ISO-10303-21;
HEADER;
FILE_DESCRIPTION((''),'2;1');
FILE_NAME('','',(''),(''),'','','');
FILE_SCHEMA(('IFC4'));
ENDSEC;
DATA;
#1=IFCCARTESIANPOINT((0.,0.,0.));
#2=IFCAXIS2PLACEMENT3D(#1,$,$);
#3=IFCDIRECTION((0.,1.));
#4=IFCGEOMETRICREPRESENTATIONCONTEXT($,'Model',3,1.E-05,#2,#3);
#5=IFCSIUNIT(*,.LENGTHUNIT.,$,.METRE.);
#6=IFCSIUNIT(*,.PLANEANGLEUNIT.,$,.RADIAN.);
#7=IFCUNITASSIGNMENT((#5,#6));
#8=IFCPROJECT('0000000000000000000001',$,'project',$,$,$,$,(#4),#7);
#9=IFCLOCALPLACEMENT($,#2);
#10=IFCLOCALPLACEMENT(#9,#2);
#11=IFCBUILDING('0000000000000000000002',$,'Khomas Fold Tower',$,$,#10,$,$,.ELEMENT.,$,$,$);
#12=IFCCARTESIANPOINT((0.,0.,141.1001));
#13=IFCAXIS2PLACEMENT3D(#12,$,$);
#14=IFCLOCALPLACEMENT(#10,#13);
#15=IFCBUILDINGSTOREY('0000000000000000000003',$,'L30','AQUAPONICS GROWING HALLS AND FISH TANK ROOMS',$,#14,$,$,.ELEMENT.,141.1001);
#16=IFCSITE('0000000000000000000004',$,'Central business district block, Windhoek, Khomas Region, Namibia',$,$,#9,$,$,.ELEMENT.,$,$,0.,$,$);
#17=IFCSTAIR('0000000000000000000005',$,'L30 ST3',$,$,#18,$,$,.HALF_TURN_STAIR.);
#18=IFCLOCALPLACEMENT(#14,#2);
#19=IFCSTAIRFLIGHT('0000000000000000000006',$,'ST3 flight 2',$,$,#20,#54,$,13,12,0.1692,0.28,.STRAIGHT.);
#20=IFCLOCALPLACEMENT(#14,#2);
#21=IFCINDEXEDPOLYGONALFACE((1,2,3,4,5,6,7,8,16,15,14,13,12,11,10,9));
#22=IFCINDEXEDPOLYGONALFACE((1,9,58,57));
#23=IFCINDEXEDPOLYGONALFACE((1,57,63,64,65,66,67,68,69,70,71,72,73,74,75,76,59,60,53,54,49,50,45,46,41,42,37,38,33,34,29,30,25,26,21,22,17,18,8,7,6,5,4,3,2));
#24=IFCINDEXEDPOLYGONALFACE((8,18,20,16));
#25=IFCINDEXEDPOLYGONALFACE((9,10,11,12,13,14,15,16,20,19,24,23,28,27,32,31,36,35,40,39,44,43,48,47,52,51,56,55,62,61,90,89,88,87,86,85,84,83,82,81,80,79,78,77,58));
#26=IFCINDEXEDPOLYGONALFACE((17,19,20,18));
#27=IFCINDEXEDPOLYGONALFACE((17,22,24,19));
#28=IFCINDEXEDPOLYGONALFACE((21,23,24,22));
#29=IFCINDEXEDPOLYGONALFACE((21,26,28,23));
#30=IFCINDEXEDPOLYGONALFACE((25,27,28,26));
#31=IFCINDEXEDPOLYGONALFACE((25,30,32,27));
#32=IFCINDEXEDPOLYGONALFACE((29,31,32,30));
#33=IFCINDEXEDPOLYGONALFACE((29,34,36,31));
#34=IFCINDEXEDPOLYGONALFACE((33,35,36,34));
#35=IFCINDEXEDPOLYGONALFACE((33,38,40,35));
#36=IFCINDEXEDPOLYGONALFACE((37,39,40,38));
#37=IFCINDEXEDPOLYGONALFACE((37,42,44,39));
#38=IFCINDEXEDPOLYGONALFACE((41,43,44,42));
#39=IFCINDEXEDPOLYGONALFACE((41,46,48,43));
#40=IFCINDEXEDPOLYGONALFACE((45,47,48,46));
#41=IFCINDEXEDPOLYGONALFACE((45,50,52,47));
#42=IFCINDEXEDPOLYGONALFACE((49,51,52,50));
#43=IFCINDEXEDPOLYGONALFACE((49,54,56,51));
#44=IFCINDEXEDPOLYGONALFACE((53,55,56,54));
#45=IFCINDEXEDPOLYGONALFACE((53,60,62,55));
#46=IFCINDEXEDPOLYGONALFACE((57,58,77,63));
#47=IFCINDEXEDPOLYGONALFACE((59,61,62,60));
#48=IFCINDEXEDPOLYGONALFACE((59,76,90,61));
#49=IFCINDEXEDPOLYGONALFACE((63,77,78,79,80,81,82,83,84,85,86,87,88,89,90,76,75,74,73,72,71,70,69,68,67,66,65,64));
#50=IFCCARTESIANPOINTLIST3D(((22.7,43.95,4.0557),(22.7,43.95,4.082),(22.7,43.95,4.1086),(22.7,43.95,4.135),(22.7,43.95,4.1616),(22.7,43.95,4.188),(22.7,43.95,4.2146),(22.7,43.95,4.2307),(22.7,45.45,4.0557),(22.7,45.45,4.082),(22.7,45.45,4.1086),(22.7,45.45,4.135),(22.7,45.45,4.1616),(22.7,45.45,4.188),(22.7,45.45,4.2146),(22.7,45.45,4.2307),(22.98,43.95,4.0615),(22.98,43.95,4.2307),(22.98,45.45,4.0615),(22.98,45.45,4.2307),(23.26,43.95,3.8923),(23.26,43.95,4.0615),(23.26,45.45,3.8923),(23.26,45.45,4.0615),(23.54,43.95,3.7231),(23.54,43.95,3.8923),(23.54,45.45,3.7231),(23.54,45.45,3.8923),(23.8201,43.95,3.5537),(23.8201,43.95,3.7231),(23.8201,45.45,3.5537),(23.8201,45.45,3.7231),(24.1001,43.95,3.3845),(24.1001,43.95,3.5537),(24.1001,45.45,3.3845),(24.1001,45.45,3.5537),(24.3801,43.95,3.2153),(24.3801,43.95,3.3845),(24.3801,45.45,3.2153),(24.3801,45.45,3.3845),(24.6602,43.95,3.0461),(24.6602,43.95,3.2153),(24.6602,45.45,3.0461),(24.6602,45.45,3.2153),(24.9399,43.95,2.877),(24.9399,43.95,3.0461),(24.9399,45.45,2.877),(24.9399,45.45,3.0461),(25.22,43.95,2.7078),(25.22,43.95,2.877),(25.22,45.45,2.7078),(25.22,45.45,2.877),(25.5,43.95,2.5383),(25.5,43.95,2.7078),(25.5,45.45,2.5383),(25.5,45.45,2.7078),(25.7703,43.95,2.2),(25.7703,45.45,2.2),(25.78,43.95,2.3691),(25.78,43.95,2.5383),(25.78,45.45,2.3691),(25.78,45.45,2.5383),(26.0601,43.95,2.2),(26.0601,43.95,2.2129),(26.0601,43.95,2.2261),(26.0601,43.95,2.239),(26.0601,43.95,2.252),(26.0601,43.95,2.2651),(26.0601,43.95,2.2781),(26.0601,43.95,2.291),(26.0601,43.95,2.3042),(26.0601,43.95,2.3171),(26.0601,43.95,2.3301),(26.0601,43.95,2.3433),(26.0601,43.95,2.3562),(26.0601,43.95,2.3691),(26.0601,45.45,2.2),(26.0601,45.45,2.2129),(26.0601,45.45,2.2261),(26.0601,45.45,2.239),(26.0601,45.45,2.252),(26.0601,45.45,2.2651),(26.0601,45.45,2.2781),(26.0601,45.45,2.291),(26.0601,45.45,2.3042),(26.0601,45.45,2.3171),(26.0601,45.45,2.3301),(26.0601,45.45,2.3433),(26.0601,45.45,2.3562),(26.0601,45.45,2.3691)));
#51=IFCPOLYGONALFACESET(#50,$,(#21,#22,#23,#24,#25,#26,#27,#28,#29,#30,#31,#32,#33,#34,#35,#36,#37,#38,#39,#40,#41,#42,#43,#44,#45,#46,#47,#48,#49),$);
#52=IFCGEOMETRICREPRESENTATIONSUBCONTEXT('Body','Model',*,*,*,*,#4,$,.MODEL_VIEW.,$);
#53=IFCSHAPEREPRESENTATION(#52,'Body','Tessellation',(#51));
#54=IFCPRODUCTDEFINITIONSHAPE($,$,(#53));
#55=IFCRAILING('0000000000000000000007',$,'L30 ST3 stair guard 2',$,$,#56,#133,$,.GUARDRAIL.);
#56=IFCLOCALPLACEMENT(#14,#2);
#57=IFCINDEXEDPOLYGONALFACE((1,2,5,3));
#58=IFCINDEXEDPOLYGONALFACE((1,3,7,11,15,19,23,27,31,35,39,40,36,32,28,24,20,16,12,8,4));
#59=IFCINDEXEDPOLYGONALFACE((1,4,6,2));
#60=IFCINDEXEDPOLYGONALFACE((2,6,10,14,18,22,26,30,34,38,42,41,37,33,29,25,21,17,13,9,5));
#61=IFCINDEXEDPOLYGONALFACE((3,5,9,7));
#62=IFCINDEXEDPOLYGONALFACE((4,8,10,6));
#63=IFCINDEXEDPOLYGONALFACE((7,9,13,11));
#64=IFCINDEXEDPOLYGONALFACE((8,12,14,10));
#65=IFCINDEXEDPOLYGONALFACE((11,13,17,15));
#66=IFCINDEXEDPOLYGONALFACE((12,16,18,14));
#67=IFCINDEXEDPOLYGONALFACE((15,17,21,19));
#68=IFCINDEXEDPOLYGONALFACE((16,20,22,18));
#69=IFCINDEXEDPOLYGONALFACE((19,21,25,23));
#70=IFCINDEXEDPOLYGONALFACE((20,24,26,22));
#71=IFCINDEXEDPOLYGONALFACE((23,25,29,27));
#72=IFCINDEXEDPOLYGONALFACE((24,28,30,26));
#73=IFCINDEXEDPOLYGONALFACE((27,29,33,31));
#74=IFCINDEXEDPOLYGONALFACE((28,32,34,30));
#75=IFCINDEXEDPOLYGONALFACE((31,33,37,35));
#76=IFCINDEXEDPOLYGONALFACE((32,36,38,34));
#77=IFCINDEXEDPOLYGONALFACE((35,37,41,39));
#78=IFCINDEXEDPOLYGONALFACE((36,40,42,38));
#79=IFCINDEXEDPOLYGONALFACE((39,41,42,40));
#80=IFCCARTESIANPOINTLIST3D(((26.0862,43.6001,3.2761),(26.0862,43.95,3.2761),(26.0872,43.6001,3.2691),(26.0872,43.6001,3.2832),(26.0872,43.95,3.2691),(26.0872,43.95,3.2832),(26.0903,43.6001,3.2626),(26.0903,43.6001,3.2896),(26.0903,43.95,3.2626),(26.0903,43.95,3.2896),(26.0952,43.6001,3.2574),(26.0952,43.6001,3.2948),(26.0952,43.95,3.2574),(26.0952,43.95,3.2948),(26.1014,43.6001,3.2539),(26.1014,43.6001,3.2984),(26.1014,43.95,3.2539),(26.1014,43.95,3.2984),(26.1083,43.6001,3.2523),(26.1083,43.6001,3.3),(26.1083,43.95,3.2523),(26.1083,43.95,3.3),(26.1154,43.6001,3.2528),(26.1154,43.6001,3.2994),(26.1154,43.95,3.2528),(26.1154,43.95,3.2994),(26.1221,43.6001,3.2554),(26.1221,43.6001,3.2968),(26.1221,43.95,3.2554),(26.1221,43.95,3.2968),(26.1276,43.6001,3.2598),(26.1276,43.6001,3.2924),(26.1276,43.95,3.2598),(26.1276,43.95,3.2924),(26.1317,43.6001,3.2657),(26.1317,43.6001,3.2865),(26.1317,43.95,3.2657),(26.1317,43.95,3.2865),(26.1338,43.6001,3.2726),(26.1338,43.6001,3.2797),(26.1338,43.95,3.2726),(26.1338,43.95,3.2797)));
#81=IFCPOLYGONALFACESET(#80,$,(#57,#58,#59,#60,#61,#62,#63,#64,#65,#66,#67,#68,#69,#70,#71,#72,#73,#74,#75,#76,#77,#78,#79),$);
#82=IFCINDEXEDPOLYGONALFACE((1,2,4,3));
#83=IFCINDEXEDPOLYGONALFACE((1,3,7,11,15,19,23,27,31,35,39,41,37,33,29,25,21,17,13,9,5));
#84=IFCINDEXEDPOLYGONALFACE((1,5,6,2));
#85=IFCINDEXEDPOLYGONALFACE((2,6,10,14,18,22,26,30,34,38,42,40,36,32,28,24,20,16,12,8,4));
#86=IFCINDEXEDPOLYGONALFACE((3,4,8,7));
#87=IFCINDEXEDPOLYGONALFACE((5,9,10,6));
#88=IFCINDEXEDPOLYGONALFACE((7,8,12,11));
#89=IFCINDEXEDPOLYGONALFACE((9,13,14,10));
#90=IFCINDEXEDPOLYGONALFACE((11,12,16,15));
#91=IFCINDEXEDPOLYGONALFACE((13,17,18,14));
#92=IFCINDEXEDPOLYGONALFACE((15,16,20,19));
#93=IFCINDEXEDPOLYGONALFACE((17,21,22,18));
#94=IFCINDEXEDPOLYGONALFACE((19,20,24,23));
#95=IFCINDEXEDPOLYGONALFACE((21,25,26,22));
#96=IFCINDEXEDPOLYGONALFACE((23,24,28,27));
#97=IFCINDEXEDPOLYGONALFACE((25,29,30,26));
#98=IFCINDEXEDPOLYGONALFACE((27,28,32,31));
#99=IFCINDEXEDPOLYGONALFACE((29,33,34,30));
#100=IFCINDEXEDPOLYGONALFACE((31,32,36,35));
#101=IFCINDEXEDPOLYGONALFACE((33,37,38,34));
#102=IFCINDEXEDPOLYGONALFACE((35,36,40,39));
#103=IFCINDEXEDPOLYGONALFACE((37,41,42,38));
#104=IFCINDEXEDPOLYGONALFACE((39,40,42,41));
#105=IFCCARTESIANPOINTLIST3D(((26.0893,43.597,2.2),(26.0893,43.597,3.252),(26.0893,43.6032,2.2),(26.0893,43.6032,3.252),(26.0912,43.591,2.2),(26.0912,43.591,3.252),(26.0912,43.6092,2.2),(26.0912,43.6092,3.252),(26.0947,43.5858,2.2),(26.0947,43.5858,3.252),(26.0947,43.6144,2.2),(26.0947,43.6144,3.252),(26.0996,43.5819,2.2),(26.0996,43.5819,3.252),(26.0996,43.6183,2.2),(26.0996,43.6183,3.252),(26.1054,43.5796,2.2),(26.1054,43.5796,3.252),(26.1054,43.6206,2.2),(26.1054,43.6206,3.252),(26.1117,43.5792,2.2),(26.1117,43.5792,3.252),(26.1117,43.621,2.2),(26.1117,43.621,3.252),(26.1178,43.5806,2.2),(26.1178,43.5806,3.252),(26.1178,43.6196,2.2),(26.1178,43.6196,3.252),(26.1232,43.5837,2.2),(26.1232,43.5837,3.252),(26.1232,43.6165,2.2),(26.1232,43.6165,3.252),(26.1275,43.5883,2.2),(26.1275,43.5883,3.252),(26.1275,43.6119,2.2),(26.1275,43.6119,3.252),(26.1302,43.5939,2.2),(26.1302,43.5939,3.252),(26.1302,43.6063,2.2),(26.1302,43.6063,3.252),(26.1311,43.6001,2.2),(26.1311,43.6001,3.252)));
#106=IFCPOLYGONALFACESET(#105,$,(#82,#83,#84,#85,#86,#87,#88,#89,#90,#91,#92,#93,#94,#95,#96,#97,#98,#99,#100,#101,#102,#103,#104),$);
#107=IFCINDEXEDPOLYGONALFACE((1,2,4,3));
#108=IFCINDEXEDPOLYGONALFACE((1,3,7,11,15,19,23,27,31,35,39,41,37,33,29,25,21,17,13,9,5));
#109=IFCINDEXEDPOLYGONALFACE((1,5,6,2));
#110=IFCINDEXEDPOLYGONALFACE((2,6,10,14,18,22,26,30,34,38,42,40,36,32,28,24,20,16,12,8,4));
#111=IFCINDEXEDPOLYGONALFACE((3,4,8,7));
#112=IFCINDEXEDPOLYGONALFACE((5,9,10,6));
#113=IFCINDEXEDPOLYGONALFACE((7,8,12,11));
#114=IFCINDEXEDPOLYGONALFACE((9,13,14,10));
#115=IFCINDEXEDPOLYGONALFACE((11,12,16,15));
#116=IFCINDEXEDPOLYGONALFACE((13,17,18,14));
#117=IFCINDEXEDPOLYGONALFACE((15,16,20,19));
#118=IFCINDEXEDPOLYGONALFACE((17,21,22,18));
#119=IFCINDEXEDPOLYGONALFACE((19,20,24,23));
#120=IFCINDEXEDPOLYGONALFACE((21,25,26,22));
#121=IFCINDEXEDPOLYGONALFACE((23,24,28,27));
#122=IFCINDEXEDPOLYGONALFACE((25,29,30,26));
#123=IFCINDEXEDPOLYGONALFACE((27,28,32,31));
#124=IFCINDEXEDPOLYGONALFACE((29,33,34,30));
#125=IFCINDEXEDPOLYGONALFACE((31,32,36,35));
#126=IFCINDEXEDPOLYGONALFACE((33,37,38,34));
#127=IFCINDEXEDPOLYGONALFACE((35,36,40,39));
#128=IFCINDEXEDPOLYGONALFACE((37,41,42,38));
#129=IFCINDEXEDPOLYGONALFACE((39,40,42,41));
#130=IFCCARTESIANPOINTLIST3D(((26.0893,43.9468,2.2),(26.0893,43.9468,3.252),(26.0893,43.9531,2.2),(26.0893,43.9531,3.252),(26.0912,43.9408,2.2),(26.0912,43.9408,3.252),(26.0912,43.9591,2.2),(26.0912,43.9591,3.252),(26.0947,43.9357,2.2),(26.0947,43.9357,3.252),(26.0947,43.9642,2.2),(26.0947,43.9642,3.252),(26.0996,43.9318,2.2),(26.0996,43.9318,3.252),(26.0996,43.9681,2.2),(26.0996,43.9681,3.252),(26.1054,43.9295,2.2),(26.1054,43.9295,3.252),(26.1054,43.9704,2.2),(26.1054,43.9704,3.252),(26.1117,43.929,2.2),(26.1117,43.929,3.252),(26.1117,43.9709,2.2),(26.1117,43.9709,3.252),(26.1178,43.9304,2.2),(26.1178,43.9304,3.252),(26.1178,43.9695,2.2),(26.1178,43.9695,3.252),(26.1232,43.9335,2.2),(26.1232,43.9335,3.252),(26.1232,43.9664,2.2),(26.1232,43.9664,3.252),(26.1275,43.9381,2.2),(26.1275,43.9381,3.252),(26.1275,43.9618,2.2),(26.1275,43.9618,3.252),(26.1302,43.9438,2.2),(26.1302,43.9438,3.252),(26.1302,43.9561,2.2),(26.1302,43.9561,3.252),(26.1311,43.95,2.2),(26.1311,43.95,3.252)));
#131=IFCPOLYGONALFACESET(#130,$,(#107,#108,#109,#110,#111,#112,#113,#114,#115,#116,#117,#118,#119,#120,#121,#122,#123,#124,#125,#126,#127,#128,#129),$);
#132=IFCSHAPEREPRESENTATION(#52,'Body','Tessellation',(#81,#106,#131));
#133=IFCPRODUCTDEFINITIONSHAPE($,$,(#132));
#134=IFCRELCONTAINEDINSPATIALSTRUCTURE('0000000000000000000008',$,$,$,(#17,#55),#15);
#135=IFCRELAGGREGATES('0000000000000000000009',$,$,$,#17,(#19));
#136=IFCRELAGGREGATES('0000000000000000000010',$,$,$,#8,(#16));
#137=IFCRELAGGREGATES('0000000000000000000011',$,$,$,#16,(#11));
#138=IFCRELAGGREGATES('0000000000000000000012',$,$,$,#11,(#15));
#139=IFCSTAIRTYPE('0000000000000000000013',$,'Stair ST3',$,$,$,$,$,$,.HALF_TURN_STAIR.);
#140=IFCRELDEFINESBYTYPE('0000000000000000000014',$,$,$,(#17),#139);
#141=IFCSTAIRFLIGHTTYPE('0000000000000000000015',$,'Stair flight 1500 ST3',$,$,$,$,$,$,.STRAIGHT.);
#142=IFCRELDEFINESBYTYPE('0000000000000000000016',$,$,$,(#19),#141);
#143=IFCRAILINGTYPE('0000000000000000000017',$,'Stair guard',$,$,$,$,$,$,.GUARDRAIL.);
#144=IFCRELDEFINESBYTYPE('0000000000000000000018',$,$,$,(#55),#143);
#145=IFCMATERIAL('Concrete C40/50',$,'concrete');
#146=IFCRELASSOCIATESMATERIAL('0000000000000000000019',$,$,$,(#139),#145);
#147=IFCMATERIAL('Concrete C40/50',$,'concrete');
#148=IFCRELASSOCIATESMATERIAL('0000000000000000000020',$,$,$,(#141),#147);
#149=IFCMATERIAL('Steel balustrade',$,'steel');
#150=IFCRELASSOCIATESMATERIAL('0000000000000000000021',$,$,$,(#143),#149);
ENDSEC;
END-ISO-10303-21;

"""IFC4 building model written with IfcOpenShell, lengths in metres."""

from ifc_helpers import new_model, si_unit, direction, frame, origin, origin_2d, place, context, subcontext, project, spatial, polyline, circle, outline, extrude, source, transform, mapped, material, type_object, element, aggregate, save


model = new_model("IFC4")

# Units and contexts
model_context = context("Model", 3, precision=1e-05, world=origin(), true_north=direction((0.0, 1.0)))
body_context = subcontext(model_context, "Body", "Model", "MODEL_VIEW")
ifc_project = project(units=[si_unit("LENGTHUNIT", "METRE"), si_unit("PLANEANGLEUNIT", "RADIAN")], contexts=[model_context])

# Site, building, storey
site_placement = place(None, origin())
site = spatial("IfcSite", under=ifc_project, at=site_placement, Name="Central business district block, Windhoek, Khomas Region, Namibia", CompositionType="ELEMENT", RefElevation=0.0)
building_placement = place(site_placement, origin())
building = spatial("IfcBuilding", under=site, at=building_placement, Name="Khomas Fold Tower", CompositionType="ELEMENT")
storey_placement = place(building_placement, frame((0.0, 0.0, 141.1001)))
storey = spatial("IfcBuildingStorey", under=building, at=storey_placement, Name="L30", Description="AQUAPONICS GROWING HALLS AND FISH TANK ROOMS", CompositionType="ELEMENT", Elevation=141.1001)

# Stair, stair flight
ifc_material_1 = material(Name="Concrete C40/50", Category="concrete")
stair_type = type_object("IfcStairType", Name="Stair ST3", PredefinedType="HALF_TURN_STAIR", material=ifc_material_1)
stair_placement = place(storey_placement, origin())
stair = element("IfcStair", 1, at=stair_placement, inside=storey, type_object=stair_type, Name="L30 ST3", PredefinedType="HALF_TURN_STAIR")
ifc_material_2 = material(Name="Concrete C40/50", Category="concrete")
stair_flight_type = type_object("IfcStairFlightType", Name="Stair flight 1500 ST3", PredefinedType="STRAIGHT", material=ifc_material_2)
shared_shape_1 = source(origin(), body_context, "Body", "SweptSolid", [
    extrude(outline(polyline([(0.0, 0.0), (0.0, 0.0129), (0.0, 0.0261), (0.0, 0.0391), (0.0, 0.052), (0.0, 0.0652), (0.0, 0.0781), (0.0, 0.0911), (0.0, 0.1042), (0.0, 0.1172), (0.0, 0.1301), (0.0, 0.1433), (0.0, 0.1562), (0.0, 0.1692), (0.28, 0.1692), (0.28, 0.3384), (0.5601, 0.3384), (0.5601, 0.5078), (0.8401, 0.5078), (0.8401, 0.677), (1.1201, 0.677), (1.1201, 0.8462), (1.3999, 0.8462), (1.3999, 1.0154), (1.6799, 1.0154), (1.6799, 1.1846), (1.96, 1.1846), (1.96, 1.3538), (2.24, 1.3538), (2.24, 1.5232), (2.52, 1.5232), (2.52, 1.6924), (2.8, 1.6924), (2.8, 1.8616), (3.0801, 1.8616), (3.0801, 2.0308), (3.3601, 2.0308), (3.3601, 2.2), (3.3601, 2.1736), (3.3601, 2.147), (3.3601, 2.1206), (3.3601, 2.094), (3.3601, 2.0676), (3.3601, 2.041), (3.3601, 2.0146), (3.3601, 1.988), (3.3601, 1.9617), (3.3601, 1.9351), (3.3601, 1.9087), (3.3601, 1.8821), (3.3601, 1.8557), (0.2898, 0.0), (0.0, 0.0)])), frame((0.0, 0.75, 0.0), z_axis=(0.0, -1.0, 0.0), x_axis=(1.0, 0.0, 0.0)), (0.0, 0.0, 1.0), 1.5),
])
stair_flight_1_placement = place(storey_placement, frame((26.0601, 44.7, 2.2), z_axis=(0.0, 0.0, 1.0), x_axis=(-1.0, 0.0, 0.0)))
stair_flight_1 = element("IfcStairFlight", 2, at=stair_flight_1_placement, type_object=stair_flight_type, Name="ST3 flight 2", NumberOfRisers=13, NumberOfTreads=12, PredefinedType="STRAIGHT", RiserHeight=0.1692, TreadLength=0.28, context=body_context, shape_type="MappedRepresentation", body=[
    mapped(shared_shape_1, transform((0.0, 0.0, 0.0))),
])
aggregate(stair, [stair_flight_1])

# Railing
ifc_material_3 = material(Name="Steel balustrade", Category="steel")
railing_type_1 = type_object("IfcRailingType", Name="Stair guard", PredefinedType="GUARDRAIL", material=ifc_material_3)
shared_shape_2 = source(origin(), body_context, "Body", "SweptSolid", [
    extrude(circle(Radius=0.0239, at=origin_2d()), frame((0.0, 0.0, 1.0762), z_axis=(0.0, 1.0, 0.0), x_axis=(-1.0, 0.0, 0.0)), (0.0, 0.0, 1.0), 0.3499),
    extrude(circle(Radius=0.021, at=origin_2d()), origin(), (0.0, 0.0, 1.0), 1.052),
    extrude(circle(Radius=0.021, at=origin_2d()), frame((0.0, 0.3499, 0.0)), (0.0, 0.0, 1.0), 1.052),
])
for number, where, name in (
    (3, (26.1101, 43.6001, 2.2), "L30 ST3 stair guard 2"),
):
    element("IfcRailing", number, at=place(storey_placement, frame(where)), inside=storey, type_object=railing_type_1, Name=name, PredefinedType="GUARDRAIL", context=body_context, shape_type="MappedRepresentation", body=[
        mapped(shared_shape_2, transform((0.0, 0.0, 0.0))),
    ])

save(model, "model.ifc")
